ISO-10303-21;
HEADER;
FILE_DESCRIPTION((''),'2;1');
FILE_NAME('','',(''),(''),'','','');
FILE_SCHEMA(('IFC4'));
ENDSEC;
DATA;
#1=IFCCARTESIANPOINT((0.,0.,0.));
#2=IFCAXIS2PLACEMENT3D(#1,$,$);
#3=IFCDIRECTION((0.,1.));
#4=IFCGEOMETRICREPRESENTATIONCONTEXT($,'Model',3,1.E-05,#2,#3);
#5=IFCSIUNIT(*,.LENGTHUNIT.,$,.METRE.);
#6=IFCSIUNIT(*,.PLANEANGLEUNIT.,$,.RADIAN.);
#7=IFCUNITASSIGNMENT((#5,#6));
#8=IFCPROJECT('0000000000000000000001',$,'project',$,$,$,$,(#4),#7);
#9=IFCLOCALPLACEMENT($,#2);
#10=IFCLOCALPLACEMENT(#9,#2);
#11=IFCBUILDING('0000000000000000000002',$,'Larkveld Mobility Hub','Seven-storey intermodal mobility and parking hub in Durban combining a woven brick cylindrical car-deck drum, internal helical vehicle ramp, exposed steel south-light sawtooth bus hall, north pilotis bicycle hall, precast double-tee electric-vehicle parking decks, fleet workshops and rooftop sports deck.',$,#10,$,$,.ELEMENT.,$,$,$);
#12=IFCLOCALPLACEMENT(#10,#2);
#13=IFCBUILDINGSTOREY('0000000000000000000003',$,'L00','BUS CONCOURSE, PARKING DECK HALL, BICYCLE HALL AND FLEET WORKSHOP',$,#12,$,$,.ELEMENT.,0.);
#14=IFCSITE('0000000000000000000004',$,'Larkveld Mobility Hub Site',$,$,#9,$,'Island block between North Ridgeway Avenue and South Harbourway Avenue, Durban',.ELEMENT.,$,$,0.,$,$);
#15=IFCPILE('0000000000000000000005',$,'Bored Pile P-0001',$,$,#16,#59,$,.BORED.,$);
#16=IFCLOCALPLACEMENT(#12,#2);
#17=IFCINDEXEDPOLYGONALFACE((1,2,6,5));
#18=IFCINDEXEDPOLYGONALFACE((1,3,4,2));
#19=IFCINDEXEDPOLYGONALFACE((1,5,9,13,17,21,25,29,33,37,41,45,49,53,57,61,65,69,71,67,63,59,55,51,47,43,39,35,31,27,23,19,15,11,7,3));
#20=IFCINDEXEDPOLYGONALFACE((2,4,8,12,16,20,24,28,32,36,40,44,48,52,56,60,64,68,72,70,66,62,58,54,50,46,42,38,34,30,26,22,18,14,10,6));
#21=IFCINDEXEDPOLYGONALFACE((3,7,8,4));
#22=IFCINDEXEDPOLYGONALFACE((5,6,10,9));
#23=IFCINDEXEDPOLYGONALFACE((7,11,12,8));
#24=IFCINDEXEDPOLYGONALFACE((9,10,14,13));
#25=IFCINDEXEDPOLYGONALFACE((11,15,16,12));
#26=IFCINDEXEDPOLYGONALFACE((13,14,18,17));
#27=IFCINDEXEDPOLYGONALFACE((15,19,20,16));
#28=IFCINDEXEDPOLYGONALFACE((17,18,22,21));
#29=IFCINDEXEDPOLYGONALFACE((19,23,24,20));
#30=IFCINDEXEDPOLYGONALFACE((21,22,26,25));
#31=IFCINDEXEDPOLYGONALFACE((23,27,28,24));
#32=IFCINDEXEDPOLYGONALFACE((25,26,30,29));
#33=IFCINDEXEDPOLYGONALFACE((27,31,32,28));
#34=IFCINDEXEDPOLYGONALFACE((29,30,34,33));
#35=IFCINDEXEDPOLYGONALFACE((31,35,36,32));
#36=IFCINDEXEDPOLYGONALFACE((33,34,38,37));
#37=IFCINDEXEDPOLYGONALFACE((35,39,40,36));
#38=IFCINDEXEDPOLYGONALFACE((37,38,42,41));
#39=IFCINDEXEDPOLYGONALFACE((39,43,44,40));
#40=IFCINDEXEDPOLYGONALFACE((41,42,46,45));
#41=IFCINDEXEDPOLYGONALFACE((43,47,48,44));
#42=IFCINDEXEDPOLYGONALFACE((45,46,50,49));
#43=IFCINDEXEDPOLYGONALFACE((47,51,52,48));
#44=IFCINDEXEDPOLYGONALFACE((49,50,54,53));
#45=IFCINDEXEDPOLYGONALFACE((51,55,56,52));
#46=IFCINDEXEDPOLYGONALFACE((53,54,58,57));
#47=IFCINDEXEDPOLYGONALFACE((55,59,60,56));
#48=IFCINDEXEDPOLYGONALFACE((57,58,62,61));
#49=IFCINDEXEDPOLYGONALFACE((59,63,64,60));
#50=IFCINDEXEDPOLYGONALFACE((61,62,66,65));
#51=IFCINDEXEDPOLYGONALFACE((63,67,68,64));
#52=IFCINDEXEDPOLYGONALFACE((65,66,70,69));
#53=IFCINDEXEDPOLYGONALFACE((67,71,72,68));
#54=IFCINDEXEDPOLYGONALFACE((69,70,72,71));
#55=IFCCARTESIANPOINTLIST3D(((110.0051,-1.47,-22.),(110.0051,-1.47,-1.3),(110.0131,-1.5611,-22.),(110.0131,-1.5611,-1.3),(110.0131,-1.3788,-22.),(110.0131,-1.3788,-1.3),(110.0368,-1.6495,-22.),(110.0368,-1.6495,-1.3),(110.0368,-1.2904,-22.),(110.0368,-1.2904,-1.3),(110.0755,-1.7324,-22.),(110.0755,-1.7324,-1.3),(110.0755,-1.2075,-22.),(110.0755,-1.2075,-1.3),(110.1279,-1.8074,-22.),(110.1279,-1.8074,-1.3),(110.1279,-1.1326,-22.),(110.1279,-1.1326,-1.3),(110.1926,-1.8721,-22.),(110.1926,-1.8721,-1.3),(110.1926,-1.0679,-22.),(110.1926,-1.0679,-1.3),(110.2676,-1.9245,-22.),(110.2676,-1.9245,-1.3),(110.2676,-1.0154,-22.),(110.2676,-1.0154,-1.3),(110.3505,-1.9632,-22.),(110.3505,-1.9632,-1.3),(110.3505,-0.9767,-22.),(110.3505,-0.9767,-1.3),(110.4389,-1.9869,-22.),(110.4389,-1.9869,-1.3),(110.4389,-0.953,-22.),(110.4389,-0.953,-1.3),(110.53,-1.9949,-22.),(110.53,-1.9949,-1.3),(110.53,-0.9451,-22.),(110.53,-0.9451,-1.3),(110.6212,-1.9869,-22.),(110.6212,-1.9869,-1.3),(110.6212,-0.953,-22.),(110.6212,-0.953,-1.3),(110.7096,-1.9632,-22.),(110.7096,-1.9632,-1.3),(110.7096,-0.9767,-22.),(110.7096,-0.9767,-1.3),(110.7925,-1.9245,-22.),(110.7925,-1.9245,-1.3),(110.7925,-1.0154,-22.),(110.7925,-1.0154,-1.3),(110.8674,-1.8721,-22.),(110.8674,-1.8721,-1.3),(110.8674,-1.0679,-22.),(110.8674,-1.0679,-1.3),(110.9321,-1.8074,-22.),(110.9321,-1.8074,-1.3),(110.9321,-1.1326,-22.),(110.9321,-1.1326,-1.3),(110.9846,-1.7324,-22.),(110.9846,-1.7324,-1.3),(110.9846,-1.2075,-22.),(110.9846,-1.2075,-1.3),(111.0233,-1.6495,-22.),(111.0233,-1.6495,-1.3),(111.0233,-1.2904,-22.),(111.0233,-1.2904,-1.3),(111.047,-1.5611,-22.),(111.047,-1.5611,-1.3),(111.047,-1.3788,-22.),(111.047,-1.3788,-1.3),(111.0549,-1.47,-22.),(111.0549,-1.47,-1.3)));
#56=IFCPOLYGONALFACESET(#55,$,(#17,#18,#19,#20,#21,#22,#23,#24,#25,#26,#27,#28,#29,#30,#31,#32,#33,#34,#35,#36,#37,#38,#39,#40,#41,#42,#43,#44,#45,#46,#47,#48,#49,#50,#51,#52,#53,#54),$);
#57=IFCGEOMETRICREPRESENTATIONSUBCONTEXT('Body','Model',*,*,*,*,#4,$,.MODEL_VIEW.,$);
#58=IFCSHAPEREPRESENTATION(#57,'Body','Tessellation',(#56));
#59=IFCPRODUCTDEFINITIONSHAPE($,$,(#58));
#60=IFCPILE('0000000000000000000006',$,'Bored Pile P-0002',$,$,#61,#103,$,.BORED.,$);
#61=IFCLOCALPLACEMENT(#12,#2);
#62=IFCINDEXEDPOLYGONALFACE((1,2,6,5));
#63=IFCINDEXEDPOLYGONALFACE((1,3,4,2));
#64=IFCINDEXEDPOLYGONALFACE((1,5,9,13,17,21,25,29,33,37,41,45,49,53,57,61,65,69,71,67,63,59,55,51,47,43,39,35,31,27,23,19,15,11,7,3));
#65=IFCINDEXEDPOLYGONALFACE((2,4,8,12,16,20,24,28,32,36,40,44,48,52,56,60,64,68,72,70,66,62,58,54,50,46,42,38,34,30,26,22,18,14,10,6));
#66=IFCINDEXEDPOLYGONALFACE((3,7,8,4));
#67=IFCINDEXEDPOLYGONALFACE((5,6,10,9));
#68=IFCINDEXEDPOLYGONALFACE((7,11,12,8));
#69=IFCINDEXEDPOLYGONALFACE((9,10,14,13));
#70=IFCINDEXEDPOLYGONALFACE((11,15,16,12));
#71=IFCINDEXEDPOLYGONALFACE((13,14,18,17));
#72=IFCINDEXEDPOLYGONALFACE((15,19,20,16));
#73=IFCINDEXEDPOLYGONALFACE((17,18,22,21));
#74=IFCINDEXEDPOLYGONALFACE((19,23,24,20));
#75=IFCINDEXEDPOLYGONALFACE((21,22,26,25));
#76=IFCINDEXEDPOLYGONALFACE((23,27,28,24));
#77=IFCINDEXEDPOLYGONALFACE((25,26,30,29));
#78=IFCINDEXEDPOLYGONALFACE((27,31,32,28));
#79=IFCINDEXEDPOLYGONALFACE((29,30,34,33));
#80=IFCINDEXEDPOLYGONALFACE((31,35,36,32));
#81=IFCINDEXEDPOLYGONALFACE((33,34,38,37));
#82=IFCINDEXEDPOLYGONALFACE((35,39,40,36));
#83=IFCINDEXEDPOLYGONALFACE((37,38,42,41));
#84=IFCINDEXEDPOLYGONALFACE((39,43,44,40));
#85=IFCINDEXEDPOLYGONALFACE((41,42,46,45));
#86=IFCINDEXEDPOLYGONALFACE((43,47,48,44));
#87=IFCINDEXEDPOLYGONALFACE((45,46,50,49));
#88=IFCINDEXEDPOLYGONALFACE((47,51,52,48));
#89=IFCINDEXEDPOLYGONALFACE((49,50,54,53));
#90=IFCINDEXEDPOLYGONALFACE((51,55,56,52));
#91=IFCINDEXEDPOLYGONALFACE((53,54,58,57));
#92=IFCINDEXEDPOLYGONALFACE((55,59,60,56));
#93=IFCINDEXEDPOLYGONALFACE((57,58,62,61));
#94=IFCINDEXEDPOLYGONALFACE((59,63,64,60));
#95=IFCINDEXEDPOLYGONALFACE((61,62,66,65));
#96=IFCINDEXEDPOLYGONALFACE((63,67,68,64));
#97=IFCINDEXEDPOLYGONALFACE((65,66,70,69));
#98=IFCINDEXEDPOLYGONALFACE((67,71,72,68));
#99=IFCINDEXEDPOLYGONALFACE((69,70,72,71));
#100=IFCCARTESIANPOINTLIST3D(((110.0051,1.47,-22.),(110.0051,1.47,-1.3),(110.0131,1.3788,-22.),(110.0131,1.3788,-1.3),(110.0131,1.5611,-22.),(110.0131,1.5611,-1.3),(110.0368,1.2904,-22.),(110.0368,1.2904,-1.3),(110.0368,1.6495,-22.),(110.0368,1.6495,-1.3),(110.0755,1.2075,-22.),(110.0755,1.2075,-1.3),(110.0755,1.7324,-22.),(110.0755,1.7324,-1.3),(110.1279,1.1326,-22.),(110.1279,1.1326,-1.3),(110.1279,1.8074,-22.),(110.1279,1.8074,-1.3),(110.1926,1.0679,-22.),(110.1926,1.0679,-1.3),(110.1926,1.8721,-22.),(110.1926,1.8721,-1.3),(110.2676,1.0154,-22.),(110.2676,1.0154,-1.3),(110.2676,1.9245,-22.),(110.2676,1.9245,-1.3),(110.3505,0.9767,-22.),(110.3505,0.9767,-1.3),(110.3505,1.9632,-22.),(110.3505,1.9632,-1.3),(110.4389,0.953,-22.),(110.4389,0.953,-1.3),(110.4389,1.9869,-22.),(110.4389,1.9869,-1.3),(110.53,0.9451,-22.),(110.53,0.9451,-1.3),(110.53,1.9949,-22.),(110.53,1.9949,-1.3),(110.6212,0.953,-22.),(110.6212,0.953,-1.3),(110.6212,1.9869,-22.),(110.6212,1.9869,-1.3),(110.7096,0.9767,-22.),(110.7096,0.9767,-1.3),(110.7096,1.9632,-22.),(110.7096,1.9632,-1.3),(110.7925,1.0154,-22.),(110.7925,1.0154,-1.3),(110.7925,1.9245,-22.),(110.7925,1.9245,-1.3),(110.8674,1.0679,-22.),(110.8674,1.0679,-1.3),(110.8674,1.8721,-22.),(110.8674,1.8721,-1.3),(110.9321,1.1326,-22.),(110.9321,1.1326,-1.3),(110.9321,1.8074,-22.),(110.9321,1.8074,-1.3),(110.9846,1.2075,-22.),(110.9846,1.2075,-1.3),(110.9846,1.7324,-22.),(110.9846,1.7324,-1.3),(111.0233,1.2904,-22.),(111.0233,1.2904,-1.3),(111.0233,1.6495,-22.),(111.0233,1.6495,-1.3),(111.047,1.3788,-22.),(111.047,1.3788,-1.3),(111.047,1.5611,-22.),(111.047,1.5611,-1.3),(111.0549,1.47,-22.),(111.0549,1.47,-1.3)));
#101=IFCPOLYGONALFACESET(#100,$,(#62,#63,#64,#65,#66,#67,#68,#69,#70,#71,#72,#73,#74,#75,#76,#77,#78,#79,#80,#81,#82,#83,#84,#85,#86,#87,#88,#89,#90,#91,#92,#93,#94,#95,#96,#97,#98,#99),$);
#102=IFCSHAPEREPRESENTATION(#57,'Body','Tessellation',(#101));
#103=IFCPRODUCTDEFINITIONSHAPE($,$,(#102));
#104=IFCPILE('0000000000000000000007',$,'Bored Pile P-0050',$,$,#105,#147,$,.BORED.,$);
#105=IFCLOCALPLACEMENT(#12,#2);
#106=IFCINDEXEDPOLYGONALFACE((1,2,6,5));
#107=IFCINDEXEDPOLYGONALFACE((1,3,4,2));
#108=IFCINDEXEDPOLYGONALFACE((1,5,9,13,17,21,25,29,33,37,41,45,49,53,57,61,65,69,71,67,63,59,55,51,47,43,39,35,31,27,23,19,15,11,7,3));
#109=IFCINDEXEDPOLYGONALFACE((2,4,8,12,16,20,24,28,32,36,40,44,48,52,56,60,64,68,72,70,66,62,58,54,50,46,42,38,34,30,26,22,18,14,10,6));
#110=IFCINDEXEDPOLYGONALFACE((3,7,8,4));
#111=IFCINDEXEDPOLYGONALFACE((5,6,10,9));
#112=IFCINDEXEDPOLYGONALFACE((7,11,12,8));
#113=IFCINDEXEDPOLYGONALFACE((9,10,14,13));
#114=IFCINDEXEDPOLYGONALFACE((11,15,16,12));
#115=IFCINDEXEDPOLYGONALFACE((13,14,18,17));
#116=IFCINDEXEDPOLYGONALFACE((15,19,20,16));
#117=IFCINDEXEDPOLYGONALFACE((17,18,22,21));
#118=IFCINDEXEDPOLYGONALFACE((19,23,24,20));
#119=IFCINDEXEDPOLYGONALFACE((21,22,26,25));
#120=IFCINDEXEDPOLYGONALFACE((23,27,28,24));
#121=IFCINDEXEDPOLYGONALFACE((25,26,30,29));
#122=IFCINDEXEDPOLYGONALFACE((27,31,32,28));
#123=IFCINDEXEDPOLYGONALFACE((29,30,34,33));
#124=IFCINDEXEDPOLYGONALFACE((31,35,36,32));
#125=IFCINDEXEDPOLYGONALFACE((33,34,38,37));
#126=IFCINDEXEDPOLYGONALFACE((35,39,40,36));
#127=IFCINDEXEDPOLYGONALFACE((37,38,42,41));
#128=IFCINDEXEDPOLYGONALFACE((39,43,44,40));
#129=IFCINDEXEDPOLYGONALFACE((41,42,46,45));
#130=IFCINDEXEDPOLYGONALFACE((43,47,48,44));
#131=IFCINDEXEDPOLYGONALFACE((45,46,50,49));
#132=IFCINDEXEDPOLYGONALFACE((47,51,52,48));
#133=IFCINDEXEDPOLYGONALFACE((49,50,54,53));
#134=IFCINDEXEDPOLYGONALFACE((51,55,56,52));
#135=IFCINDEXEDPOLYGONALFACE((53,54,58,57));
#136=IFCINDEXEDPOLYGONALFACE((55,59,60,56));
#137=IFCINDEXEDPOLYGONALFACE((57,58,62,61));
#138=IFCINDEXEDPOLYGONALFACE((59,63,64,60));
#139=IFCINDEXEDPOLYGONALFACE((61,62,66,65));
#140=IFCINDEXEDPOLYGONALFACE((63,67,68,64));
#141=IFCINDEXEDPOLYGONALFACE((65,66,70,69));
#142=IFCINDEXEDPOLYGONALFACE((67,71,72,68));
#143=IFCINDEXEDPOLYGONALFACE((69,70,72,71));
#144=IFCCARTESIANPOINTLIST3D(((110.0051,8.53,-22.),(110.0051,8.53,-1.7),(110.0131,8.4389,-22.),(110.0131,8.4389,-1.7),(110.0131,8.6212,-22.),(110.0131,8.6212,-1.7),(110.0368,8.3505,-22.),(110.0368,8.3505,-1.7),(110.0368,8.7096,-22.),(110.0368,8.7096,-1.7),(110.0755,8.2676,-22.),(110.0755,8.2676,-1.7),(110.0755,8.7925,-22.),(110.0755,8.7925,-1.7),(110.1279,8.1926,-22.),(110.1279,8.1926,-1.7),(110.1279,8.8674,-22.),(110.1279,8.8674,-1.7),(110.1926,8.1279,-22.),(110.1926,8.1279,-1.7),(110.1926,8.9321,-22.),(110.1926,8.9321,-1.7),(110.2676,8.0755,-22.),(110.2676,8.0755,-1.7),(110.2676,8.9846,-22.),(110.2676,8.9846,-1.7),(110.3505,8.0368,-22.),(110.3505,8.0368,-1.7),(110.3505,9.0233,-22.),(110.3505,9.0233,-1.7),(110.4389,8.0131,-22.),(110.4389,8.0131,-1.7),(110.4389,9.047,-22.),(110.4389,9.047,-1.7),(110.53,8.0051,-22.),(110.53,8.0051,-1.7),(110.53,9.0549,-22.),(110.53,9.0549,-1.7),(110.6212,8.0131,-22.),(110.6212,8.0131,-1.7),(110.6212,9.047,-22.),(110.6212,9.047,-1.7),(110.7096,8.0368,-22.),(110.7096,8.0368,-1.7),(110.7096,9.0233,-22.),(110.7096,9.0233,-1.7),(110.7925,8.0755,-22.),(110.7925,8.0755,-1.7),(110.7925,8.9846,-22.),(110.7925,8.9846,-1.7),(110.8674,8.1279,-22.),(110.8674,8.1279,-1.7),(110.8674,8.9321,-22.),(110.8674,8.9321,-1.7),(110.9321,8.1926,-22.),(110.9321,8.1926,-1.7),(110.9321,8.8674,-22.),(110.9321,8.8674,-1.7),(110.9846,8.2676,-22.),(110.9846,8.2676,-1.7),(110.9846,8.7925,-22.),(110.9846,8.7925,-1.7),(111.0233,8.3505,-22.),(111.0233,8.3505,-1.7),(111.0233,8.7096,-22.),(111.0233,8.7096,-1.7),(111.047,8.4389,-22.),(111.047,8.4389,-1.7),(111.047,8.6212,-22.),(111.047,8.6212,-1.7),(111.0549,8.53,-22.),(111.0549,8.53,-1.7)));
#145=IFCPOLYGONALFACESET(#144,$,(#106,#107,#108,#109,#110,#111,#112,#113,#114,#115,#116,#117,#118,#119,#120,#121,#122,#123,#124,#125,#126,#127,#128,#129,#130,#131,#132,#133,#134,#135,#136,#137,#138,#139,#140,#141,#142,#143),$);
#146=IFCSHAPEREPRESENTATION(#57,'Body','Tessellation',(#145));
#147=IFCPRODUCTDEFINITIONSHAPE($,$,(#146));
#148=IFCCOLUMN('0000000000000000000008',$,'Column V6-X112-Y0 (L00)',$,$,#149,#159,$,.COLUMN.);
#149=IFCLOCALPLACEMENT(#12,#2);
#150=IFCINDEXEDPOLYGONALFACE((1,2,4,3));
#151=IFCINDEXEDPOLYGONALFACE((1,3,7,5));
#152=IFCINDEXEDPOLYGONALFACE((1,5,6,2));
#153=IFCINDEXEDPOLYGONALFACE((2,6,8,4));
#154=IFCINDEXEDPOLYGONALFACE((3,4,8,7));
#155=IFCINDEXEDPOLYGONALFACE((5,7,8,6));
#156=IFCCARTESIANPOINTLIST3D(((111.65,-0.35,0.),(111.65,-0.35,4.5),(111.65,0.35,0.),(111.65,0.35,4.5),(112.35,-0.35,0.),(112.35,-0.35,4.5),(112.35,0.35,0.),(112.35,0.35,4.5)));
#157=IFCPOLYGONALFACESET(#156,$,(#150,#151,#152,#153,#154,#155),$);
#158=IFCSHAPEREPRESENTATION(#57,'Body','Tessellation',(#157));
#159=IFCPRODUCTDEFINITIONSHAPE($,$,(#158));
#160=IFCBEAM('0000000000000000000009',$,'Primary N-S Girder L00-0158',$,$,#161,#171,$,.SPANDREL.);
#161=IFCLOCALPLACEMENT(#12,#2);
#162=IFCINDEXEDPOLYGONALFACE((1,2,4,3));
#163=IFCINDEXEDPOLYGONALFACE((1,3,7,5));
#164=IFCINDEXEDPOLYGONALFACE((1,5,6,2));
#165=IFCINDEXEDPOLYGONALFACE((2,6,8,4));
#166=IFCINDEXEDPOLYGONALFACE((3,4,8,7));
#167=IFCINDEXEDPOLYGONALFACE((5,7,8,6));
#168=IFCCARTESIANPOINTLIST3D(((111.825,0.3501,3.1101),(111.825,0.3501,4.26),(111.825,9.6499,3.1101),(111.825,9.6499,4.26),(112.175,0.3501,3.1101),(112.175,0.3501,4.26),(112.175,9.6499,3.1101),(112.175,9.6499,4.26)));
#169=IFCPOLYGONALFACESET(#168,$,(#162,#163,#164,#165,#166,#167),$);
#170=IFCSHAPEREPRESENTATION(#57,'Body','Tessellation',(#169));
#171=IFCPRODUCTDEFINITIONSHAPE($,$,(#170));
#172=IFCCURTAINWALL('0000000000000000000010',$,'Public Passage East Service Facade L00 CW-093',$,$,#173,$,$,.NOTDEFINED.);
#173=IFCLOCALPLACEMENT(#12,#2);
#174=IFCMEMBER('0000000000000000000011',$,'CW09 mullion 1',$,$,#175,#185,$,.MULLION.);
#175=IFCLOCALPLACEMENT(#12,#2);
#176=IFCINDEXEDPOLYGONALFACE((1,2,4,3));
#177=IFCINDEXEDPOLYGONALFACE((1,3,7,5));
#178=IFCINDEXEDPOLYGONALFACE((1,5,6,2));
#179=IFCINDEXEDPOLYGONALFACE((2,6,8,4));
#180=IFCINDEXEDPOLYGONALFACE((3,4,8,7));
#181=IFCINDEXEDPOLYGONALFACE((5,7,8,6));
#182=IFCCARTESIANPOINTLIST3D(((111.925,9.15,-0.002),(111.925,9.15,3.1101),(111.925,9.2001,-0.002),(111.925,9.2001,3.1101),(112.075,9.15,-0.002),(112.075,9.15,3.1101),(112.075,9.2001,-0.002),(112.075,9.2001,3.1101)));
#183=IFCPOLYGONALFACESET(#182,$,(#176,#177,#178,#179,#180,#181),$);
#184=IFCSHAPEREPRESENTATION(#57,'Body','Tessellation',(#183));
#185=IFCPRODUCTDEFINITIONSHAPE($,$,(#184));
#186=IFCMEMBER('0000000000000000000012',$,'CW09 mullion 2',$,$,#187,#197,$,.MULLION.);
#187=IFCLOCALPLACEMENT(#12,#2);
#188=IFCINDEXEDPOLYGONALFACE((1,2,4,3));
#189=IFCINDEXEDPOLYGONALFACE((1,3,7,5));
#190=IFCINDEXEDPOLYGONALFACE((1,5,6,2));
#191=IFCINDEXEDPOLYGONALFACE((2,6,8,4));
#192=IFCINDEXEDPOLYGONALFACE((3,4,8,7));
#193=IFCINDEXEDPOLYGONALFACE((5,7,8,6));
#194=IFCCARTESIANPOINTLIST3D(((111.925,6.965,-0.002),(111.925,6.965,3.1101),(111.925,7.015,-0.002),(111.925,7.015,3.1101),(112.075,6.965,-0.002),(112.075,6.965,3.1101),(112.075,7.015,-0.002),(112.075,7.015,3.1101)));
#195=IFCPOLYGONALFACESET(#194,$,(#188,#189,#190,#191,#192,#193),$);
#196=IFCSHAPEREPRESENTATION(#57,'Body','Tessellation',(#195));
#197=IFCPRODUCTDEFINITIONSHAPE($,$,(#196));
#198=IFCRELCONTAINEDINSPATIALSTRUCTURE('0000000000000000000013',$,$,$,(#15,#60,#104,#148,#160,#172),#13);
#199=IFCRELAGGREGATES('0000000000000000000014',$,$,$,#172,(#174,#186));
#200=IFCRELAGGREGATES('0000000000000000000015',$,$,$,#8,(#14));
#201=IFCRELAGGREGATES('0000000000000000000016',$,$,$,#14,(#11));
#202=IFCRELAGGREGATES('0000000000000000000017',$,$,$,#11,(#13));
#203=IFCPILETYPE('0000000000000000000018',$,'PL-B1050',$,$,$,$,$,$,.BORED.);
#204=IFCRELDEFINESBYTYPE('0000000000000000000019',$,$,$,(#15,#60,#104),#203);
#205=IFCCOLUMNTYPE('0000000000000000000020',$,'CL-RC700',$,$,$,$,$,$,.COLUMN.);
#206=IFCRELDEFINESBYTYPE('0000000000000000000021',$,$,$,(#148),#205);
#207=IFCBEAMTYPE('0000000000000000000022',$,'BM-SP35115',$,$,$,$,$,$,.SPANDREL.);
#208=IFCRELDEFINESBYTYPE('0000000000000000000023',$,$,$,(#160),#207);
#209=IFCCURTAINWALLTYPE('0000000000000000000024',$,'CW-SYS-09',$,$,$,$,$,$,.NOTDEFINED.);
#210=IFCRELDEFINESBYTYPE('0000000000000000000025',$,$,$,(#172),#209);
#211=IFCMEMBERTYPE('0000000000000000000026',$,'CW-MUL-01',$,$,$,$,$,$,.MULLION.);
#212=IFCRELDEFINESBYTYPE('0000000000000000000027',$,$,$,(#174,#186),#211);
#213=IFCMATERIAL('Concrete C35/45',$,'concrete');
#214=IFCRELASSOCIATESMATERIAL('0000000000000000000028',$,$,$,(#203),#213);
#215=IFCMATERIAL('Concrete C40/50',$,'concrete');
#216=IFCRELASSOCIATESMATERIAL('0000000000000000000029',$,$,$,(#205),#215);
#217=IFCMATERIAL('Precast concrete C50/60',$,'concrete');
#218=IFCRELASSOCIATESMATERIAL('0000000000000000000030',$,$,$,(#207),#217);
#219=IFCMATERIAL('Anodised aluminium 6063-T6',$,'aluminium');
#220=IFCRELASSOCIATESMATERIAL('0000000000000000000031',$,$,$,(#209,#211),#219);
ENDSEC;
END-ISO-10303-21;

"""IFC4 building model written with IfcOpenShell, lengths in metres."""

from ifc_helpers import new_model, si_unit, direction, frame, origin, origin_2d, place, context, subcontext, project, spatial, rectangle, circle, extrude, material, material_profile, profile_set, type_object, element, aggregate, save


model = new_model("IFC4")

# Units and contexts
model_context = context("Model", 3, precision=1e-05, world=origin(), true_north=direction((0.0, 1.0)))
body_context = subcontext(model_context, "Body", "Model", "MODEL_VIEW")
ifc_project = project(units=[si_unit("LENGTHUNIT", "METRE"), si_unit("PLANEANGLEUNIT", "RADIAN")], contexts=[model_context])

# Site, building, storey
site_placement = place(None, origin())
site = spatial("IfcSite", under=ifc_project, at=site_placement, Name="Larkveld Mobility Hub Site", LongName="Island block between North Ridgeway Avenue and South Harbourway Avenue, Durban", CompositionType="ELEMENT", RefElevation=0.0)
building_placement = place(site_placement, origin())
building = spatial("IfcBuilding", under=site, at=building_placement, Name="Larkveld Mobility Hub", Description="Seven-storey intermodal mobility and parking hub in Durban combining a woven brick cylindrical car-deck drum, internal helical vehicle ramp, exposed steel south-light sawtooth bus hall, north pilotis bicycle hall, precast double-tee electric-vehicle parking decks, fleet workshops and rooftop sports deck.", CompositionType="ELEMENT")
storey_placement = place(building_placement, origin())
storey = spatial("IfcBuildingStorey", under=building, at=storey_placement, Name="L00", Description="BUS CONCOURSE, PARKING DECK HALL, BICYCLE HALL AND FLEET WORKSHOP", CompositionType="ELEMENT", Elevation=0.0)

# Shared definitions
ifc_material_1 = material(Name="Concrete C35/45", Category="concrete")

# Piles
ifc_material_profile_1 = material_profile(ifc_material_1, circle(Radius=0.5249, at=origin_2d()), Name="PILE D1050")
ifc_profile_set_1 = profile_set([ifc_material_profile_1], Name="Concrete C35/45")
pile_type_1 = type_object("IfcPileType", Name="PL-B1050", PredefinedType="BORED", material=ifc_profile_set_1)
for number, where, z_axis, x_axis, name in (
    (1, (110.53, -1.47, -1.3), (0.0, 0.0, -1.0), (1.0, 0.0, 0.0), "Bored Pile P-0001"),
    (2, (110.53, 1.47, -1.3), (0.0, 0.0, -1.0), (1.0, 0.0, 0.0), "Bored Pile P-0002"),
):
    element("IfcPile", number, at=place(storey_placement, frame(where, z_axis=z_axis, x_axis=x_axis)), inside=storey, type_object=pile_type_1, Name=name, PredefinedType="BORED", context=body_context, shape_type="SweptSolid", body=[
        extrude(circle(Radius=0.5249, at=origin_2d()), origin(), (0.0, 0.0, 1.0), 20.7),
    ])
pile_placement = place(storey_placement, frame((110.53, 8.53, -1.7), z_axis=(0.0, 0.0, -1.0), x_axis=(1.0, 0.0, 0.0)))
element("IfcPile", 3, at=pile_placement, inside=storey, type_object=pile_type_1, Name="Bored Pile P-0050", PredefinedType="BORED", context=body_context, shape_type="SweptSolid", body=[
    extrude(circle(Radius=0.5249, at=origin_2d()), origin(), (0.0, 0.0, 1.0), 20.3),
])

# Column
ifc_material_2 = material(Name="Concrete C40/50", Category="concrete")
ifc_material_profile_2 = material_profile(ifc_material_2, rectangle(XDim=0.7, YDim=0.7, at=origin_2d()), Name="RC COL 700x700")
ifc_profile_set_2 = profile_set([ifc_material_profile_2], Name="Concrete C40/50")
column_type = type_object("IfcColumnType", Name="CL-RC700", PredefinedType="COLUMN", material=ifc_profile_set_2)
column_placement = place(storey_placement, frame((112.0, 0.0, 0.0), z_axis=(0.0, 0.0, 1.0), x_axis=(1.0, 0.0, 0.0)))
element("IfcColumn", 4, at=column_placement, inside=storey, type_object=column_type, Name="Column V6-X112-Y0 (L00)", PredefinedType="COLUMN", context=body_context, shape_type="SweptSolid", body=[
    extrude(rectangle(XDim=0.7, YDim=0.7, at=origin_2d()), origin(), (0.0, 0.0, 1.0), 4.5),
])

# Beam
ifc_material_3 = material(Name="Precast concrete C50/60", Category="concrete")
ifc_material_profile_3 = material_profile(ifc_material_3, rectangle(XDim=0.3501, YDim=1.1499, at=origin_2d()), Name="PC SP 350x1150")
ifc_profile_set_3 = profile_set([ifc_material_profile_3], Name="Precast concrete C50/60")
beam_type = type_object("IfcBeamType", Name="BM-SP35115", PredefinedType="SPANDREL", material=ifc_profile_set_3)
beam_placement = place(storey_placement, frame((112.0, 0.3501, 3.6851), z_axis=(0.0, 1.0, 0.0), x_axis=(-1.0, 0.0, 0.0)))
element("IfcBeam", 5, at=beam_placement, inside=storey, type_object=beam_type, Name="Primary N-S Girder L00-0158", PredefinedType="SPANDREL", context=body_context, shape_type="SweptSolid", body=[
    extrude(rectangle(XDim=0.3501, YDim=1.1499, at=origin_2d()), origin(), (0.0, 0.0, 1.0), 9.2998),
])

# Curtain wall, members
ifc_material_4 = material(Name="Anodised aluminium 6063-T6", Category="aluminium")
curtain_wall_type = type_object("IfcCurtainWallType", Name="CW-SYS-09", PredefinedType="NOTDEFINED", material=ifc_material_4)
curtain_wall_placement = place(storey_placement, origin())
curtain_wall = element("IfcCurtainWall", 6, at=curtain_wall_placement, inside=storey, type_object=curtain_wall_type, Name="Public Passage East Service Facade L00 CW-093", PredefinedType="NOTDEFINED")
ifc_material_profile_4 = material_profile(ifc_material_4, rectangle(XDim=0.05, YDim=0.1499, at=origin_2d()), Name="ALU MULL 50x150")
ifc_profile_set_4 = profile_set([ifc_material_profile_4], Name="Anodised aluminium 6063-T6")
member_type_1 = type_object("IfcMemberType", Name="CW-MUL-01", PredefinedType="MULLION", material=ifc_profile_set_4)
member_1_placement = place(storey_placement, frame((112.0, 9.175, -0.002), z_axis=(0.0, 0.0, 1.0), x_axis=(0.0, -1.0, 0.0)))
member_1 = element("IfcMember", 7, at=member_1_placement, type_object=member_type_1, Name="CW09 mullion 1", PredefinedType="MULLION", context=body_context, shape_type="SweptSolid", body=[
    extrude(rectangle(XDim=0.05, YDim=0.1499, at=origin_2d()), origin(), (0.0, 0.0, 1.0), 3.1121),
])
member_2_placement = place(storey_placement, frame((112.0, 6.99, -0.002), z_axis=(0.0, 0.0, 1.0), x_axis=(0.0, -1.0, 0.0)))
member_2 = element("IfcMember", 8, at=member_2_placement, type_object=member_type_1, Name="CW09 mullion 2", PredefinedType="MULLION", context=body_context, shape_type="SweptSolid", body=[
    extrude(rectangle(XDim=0.05, YDim=0.1499, at=origin_2d()), origin(), (0.0, 0.0, 1.0), 3.1121),
])
aggregate(curtain_wall, [member_1, member_2])

save(model, "model.ifc")
